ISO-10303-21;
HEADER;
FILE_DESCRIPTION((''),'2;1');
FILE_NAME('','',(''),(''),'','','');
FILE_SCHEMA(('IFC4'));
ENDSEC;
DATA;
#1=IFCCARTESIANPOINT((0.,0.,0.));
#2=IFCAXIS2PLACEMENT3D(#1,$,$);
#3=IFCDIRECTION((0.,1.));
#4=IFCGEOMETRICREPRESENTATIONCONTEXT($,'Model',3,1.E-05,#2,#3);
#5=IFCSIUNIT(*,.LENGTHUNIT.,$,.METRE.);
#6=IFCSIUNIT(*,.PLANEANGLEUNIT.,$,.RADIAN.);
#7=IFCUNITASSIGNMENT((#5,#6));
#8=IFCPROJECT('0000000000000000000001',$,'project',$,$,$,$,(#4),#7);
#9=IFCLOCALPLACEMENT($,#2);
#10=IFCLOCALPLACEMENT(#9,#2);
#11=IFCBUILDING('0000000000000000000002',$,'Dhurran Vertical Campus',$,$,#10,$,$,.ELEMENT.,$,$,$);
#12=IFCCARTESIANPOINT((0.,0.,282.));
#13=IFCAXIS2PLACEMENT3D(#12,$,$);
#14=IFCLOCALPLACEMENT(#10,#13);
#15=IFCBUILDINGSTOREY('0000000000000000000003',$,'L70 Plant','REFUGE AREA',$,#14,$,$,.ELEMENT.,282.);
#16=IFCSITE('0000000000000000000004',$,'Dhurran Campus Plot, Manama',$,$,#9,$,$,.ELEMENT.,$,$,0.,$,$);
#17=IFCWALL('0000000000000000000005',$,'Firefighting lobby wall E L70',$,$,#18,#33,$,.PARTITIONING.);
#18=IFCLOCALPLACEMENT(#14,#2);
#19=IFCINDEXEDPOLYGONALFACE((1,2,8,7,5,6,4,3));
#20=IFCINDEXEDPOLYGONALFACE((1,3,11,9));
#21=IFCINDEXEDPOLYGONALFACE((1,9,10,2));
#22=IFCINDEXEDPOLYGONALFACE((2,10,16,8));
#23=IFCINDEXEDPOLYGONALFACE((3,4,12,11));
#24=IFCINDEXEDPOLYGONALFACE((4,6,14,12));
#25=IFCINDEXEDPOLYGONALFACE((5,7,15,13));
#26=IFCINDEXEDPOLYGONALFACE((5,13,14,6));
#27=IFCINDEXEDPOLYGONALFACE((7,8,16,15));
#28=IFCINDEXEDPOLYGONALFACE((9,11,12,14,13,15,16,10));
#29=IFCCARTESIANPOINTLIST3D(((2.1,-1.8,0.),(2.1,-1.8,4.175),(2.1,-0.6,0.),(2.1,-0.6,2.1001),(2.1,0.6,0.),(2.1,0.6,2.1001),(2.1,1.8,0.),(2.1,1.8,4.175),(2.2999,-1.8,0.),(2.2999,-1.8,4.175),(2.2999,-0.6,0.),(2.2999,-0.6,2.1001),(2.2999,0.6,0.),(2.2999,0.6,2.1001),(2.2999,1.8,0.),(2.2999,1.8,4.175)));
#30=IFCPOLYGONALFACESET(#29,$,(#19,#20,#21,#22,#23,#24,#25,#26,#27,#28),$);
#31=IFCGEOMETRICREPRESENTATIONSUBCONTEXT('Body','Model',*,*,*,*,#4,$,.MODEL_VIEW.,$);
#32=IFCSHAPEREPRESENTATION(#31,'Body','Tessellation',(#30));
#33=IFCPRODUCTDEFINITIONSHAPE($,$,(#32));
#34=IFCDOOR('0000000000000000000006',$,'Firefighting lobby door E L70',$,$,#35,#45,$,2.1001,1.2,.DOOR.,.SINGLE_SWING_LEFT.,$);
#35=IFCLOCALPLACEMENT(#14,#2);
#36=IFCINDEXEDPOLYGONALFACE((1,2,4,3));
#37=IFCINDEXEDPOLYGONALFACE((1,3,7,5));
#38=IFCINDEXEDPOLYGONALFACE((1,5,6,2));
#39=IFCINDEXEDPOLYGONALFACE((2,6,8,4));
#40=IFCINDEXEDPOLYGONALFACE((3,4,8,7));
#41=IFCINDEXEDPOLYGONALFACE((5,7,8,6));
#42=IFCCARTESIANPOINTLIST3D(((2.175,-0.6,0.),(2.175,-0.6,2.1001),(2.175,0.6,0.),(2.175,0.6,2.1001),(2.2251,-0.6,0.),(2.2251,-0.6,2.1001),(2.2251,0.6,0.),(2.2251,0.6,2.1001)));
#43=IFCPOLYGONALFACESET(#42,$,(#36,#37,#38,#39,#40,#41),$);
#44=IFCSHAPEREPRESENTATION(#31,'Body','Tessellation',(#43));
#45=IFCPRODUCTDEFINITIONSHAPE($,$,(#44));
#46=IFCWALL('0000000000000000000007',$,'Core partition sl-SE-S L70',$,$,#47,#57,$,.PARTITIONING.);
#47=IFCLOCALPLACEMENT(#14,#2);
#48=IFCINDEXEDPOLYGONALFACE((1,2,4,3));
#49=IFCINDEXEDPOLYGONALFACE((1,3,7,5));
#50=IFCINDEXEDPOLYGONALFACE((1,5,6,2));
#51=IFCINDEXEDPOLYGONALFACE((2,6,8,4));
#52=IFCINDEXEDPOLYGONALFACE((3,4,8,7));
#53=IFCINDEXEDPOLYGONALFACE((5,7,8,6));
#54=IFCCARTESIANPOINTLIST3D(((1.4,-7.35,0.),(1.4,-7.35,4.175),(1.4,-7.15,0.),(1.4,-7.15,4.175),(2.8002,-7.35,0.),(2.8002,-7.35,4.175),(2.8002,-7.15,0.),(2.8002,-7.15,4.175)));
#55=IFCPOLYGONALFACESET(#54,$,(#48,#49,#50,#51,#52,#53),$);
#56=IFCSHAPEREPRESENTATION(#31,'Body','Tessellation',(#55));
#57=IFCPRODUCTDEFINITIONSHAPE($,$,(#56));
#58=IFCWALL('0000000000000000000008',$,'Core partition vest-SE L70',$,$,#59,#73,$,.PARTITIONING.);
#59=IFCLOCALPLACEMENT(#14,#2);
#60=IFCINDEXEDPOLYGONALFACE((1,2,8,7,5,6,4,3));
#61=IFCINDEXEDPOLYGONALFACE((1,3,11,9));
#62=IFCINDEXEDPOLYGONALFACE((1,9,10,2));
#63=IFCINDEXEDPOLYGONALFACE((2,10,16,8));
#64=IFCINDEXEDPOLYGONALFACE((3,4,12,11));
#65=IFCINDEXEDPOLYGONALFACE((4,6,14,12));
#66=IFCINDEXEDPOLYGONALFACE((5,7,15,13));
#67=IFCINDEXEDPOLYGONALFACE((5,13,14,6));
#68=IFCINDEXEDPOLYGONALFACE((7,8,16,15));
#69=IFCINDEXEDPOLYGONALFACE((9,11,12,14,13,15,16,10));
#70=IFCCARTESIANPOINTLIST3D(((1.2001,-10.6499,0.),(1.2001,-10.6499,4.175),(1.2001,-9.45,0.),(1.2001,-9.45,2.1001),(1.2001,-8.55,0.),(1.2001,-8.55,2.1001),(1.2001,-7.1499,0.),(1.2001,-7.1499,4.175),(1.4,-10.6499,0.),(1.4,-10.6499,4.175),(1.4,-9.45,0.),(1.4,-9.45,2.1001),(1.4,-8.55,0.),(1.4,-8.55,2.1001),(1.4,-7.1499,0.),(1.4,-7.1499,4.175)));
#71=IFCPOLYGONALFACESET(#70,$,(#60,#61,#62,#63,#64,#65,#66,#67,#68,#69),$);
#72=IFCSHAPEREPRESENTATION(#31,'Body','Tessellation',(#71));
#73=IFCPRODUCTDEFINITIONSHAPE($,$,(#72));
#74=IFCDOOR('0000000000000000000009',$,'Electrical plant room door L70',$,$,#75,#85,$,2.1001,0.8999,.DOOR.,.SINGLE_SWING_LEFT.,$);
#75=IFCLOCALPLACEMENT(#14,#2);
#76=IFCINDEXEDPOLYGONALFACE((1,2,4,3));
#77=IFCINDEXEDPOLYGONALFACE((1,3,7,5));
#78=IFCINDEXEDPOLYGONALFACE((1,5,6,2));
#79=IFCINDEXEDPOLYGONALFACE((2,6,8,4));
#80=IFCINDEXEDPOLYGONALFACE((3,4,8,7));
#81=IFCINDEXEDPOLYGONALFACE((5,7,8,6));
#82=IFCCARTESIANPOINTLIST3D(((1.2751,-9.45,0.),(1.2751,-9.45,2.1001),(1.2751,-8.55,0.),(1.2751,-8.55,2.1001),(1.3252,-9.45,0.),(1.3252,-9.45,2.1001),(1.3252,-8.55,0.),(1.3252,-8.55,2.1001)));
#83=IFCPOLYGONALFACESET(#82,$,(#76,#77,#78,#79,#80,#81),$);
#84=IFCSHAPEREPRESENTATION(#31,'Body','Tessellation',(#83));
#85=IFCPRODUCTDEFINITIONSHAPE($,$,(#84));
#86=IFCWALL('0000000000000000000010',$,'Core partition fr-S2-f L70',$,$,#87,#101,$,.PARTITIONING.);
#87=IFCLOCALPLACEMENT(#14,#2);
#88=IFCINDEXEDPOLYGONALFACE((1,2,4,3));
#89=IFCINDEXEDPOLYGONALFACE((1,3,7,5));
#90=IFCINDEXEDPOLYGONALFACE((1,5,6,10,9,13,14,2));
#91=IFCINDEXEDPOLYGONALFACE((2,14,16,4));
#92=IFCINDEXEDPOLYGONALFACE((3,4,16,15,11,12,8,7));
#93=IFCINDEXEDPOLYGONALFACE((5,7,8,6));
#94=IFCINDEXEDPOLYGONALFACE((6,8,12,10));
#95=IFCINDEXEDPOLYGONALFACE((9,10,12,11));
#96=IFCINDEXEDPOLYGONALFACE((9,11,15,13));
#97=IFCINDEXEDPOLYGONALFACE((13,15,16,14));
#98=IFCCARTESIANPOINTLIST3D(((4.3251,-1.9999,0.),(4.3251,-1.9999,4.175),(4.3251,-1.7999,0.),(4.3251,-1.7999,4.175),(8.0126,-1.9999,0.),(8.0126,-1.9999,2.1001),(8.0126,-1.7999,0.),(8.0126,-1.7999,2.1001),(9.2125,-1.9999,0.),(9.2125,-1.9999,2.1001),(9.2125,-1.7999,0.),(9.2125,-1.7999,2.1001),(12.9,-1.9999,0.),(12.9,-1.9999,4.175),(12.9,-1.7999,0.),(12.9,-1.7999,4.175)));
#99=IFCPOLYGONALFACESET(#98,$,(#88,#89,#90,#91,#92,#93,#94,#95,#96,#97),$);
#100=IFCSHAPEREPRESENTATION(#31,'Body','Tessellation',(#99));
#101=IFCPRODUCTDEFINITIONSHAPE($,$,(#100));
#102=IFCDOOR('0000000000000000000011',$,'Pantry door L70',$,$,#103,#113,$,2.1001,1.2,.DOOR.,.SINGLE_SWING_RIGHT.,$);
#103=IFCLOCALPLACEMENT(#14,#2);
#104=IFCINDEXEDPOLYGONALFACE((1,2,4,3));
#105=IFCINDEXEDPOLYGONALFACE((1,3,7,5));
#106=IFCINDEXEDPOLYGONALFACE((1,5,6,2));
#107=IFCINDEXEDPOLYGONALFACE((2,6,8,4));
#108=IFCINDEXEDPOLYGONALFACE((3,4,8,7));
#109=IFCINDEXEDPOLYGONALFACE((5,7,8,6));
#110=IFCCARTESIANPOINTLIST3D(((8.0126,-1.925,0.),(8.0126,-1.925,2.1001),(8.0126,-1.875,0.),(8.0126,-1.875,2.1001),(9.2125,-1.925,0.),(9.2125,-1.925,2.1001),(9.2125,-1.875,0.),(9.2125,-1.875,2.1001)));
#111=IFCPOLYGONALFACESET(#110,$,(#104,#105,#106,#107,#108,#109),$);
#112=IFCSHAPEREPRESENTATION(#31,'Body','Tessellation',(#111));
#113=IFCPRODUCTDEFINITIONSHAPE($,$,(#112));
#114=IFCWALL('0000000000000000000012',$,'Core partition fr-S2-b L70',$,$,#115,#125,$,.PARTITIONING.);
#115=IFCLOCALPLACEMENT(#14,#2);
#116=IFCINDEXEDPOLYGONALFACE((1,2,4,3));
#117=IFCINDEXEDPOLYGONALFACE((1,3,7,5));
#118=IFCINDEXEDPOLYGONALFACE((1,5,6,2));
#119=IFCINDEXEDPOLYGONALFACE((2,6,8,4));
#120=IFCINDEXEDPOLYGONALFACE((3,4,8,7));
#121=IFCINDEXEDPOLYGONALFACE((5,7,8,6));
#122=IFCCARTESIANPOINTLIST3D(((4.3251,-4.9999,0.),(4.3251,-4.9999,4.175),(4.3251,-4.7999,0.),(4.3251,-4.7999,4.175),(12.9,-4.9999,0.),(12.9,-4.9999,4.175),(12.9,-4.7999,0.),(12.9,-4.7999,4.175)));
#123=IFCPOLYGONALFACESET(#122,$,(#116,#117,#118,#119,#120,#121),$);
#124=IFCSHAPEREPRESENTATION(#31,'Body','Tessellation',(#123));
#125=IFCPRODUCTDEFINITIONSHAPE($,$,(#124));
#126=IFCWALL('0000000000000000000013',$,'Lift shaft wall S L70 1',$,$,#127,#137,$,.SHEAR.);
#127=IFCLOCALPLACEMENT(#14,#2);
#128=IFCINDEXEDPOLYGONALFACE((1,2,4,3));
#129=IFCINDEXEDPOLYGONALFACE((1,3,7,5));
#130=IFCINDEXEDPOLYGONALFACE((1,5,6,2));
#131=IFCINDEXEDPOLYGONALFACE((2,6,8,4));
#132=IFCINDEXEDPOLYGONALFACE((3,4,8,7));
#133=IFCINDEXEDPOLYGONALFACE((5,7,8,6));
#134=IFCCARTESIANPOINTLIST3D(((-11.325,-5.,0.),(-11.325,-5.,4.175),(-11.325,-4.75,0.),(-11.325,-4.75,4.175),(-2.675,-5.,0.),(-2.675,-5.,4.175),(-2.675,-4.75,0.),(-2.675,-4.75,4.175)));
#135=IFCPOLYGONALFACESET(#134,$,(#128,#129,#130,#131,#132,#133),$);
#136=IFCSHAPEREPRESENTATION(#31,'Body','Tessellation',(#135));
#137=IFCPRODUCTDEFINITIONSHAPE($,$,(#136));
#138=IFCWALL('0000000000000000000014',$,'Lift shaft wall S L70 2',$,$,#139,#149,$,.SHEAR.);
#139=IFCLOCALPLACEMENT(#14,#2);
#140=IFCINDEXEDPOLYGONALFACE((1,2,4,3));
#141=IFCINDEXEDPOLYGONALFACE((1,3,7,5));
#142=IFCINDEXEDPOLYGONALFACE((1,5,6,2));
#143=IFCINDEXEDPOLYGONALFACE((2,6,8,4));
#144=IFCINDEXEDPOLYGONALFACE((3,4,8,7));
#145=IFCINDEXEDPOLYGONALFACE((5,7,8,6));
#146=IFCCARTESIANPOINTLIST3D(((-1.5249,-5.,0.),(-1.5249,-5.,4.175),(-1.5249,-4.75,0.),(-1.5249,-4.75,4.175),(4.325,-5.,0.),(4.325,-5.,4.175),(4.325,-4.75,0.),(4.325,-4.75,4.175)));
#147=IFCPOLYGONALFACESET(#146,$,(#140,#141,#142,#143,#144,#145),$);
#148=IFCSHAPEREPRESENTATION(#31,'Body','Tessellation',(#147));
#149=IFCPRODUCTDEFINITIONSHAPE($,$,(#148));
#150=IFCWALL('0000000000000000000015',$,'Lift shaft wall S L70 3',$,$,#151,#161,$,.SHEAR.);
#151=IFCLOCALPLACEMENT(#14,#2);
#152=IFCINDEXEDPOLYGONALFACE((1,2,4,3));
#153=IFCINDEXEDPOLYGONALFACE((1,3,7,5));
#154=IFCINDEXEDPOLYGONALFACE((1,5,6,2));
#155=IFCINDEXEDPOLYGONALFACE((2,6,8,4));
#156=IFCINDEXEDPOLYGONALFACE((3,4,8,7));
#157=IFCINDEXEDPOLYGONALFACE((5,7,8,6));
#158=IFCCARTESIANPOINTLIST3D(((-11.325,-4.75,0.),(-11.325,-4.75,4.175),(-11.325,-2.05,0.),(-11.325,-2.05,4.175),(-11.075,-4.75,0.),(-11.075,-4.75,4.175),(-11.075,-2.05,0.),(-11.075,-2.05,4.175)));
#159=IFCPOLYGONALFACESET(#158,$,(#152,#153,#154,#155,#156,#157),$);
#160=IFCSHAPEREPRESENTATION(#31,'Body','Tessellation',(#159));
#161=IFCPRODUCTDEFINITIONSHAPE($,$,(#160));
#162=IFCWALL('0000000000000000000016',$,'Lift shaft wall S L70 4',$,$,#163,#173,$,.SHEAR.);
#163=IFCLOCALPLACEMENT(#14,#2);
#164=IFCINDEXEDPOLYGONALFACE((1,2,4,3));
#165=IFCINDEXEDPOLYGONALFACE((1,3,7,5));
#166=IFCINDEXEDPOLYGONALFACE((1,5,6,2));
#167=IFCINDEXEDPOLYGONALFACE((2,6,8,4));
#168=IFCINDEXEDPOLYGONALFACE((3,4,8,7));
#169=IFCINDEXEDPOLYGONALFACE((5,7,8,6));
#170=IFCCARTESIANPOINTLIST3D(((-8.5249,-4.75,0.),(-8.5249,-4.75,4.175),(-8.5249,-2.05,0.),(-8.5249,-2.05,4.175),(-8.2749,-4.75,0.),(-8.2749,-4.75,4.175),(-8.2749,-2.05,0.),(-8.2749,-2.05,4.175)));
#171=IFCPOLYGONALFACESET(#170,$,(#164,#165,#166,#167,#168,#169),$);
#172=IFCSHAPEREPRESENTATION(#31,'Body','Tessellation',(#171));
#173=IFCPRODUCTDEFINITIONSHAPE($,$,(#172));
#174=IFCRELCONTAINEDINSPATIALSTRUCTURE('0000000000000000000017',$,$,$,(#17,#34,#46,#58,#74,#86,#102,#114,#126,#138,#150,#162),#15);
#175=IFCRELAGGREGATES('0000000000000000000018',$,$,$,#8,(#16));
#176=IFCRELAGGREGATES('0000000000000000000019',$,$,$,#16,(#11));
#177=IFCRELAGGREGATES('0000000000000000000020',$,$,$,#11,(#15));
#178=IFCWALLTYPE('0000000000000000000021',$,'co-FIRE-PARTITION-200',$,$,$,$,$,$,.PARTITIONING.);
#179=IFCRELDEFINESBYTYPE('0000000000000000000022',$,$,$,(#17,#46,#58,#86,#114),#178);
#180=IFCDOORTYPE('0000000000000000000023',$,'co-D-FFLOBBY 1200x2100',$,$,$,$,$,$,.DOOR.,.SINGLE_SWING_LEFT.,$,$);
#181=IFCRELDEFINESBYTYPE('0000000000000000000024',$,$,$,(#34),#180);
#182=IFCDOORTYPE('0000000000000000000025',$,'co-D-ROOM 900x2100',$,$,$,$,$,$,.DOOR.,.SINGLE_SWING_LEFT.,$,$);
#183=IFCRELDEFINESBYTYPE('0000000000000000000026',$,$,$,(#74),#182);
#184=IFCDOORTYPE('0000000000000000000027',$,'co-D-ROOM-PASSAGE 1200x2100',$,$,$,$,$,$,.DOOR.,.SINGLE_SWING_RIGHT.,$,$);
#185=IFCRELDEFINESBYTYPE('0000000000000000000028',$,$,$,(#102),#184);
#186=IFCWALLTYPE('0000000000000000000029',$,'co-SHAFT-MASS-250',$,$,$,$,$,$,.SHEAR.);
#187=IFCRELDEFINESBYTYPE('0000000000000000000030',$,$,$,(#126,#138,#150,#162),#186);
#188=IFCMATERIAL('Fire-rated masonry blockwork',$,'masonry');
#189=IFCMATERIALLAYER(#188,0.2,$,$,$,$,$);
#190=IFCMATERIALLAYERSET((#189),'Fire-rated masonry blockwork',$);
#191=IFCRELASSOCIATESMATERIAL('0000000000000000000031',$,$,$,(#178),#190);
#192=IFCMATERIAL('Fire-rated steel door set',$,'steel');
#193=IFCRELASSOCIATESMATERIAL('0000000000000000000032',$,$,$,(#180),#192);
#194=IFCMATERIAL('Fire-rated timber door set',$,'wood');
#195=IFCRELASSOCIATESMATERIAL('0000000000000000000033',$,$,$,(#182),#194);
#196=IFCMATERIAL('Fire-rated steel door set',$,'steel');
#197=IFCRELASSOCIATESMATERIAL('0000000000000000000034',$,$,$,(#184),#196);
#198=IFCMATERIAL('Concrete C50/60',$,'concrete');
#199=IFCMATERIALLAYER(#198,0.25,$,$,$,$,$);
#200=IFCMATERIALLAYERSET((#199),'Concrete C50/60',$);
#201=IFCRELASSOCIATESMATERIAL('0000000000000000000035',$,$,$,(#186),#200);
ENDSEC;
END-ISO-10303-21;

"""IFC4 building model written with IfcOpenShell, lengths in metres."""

from ifc_helpers import new_model, si_unit, direction, frame, frame_2d, origin, place, context, subcontext, project, spatial, polyline, rectangle, outline, extrude, material, layer, layer_set, type_object, element, fill, save


model = new_model("IFC4")

# Units and contexts
model_context = context("Model", 3, precision=1e-05, world=origin(), true_north=direction((0.0, 1.0)))
body_context = subcontext(model_context, "Body", "Model", "MODEL_VIEW")
ifc_project = project(units=[si_unit("LENGTHUNIT", "METRE"), si_unit("PLANEANGLEUNIT", "RADIAN")], contexts=[model_context])

# Site, building, storey
site_placement = place(None, origin())
site = spatial("IfcSite", under=ifc_project, at=site_placement, Name="Dhurran Campus Plot, Manama", CompositionType="ELEMENT", RefElevation=0.0)
building_placement = place(site_placement, origin())
building = spatial("IfcBuilding", under=site, at=building_placement, Name="Dhurran Vertical Campus", CompositionType="ELEMENT")
storey_placement = place(building_placement, frame((0.0, 0.0, 282.0)))
storey = spatial("IfcBuildingStorey", under=building, at=storey_placement, Name="L70 Plant", Description="REFUGE AREA", CompositionType="ELEMENT", Elevation=282.0)

# Wall, opening, door
ifc_material_1 = material(Name="Fire-rated masonry blockwork", Category="masonry")
ifc_layer_1 = layer(ifc_material_1, 0.2)
ifc_layer_set_1 = layer_set([ifc_layer_1], Name="Fire-rated masonry blockwork")
wall_type_1 = type_object("IfcWallType", Name="co-FIRE-PARTITION-200", PredefinedType="PARTITIONING", material=ifc_layer_set_1)
wall_1_placement = place(storey_placement, frame((2.2, -1.8, 0.0), z_axis=(0.0, 0.0, 1.0), x_axis=(0.0, 1.0, 0.0)))
wall_1 = element("IfcWall", 1, at=wall_1_placement, inside=storey, type_object=wall_type_1, Name="Firefighting lobby wall E L70", PredefinedType="PARTITIONING", context=body_context, shape_type="SweptSolid", body=[
    extrude(rectangle(XDim=3.6001, YDim=0.2, at=frame_2d((1.8, 0.0))), origin(), (0.0, 0.0, 1.0), 4.175),
])
opening_1_placement = place(wall_1_placement, frame((1.2, 0.0, 0.0)))
opening_1 = element("IfcOpeningElement", 2, at=opening_1_placement, cuts=wall_1, PredefinedType="OPENING", context=body_context, shape_type="SweptSolid", body=[
    extrude(rectangle(XDim=1.2, YDim=2.1001, at=frame_2d((0.6001, 1.05))), frame((0.0, 0.1099, 0.0), z_axis=(0.0, -1.0, 0.0), x_axis=(1.0, 0.0, 0.0)), (0.0, 0.0, 1.0), 0.22),
])
ifc_material_2 = material(Name="Fire-rated steel door set", Category="steel")
door_type_1 = type_object("IfcDoorType", Name="co-D-FFLOBBY 1200x2100", OperationType="SINGLE_SWING_LEFT", PredefinedType="DOOR", material=ifc_material_2)
door_1_placement = place(opening_1_placement, origin())
door_1 = element("IfcDoor", 3, at=door_1_placement, inside=storey, type_object=door_type_1, Name="Firefighting lobby door E L70", OperationType="SINGLE_SWING_LEFT", OverallHeight=2.1001, OverallWidth=1.2, PredefinedType="DOOR", context=body_context, shape_type="SweptSolid", body=[
    extrude(rectangle(XDim=1.2, YDim=2.1001, at=frame_2d((0.6001, 1.05))), frame((0.0, 0.0249, 0.0), z_axis=(0.0, -1.0, 0.0), x_axis=(1.0, 0.0, 0.0)), (0.0, 0.0, 1.0), 0.05),
])
fill(opening_1, door_1)

# Wall
wall_2_placement = place(storey_placement, frame((1.3999, -7.25, 0.0), z_axis=(0.0, 0.0, 1.0), x_axis=(1.0, 0.0, 0.0)))
element("IfcWall", 4, at=wall_2_placement, inside=storey, type_object=wall_type_1, Name="Core partition sl-SE-S L70", PredefinedType="PARTITIONING", context=body_context, shape_type="SweptSolid", body=[
    extrude(rectangle(XDim=1.4001, YDim=0.2, at=frame_2d((0.7002, 0.0))), origin(), (0.0, 0.0, 1.0), 4.175),
])

# Walls, openings, doors
wall_3_placement = place(storey_placement, frame((1.3, -10.6499, 0.0), z_axis=(0.0, 0.0, 1.0), x_axis=(0.0, 1.0, 0.0)))
wall_3 = element("IfcWall", 5, at=wall_3_placement, inside=storey, type_object=wall_type_1, Name="Core partition vest-SE L70", PredefinedType="PARTITIONING", context=body_context, shape_type="SweptSolid", body=[
    extrude(rectangle(XDim=3.5, YDim=0.2, at=frame_2d((1.75, 0.0))), origin(), (0.0, 0.0, 1.0), 4.175),
])
opening_2_placement = place(wall_3_placement, frame((1.2, 0.0, 0.0)))
opening_2 = element("IfcOpeningElement", 6, at=opening_2_placement, cuts=wall_3, PredefinedType="OPENING", context=body_context, shape_type="SweptSolid", body=[
    extrude(rectangle(XDim=0.8999, YDim=2.1001, at=frame_2d((0.45, 1.05))), frame((0.0, 0.1099, 0.0), z_axis=(0.0, -1.0, 0.0), x_axis=(1.0, 0.0, 0.0)), (0.0, 0.0, 1.0), 0.22),
])
ifc_material_3 = material(Name="Fire-rated timber door set", Category="wood")
door_type_2 = type_object("IfcDoorType", Name="co-D-ROOM 900x2100", OperationType="SINGLE_SWING_LEFT", PredefinedType="DOOR", material=ifc_material_3)
door_2_placement = place(opening_2_placement, origin())
door_2 = element("IfcDoor", 7, at=door_2_placement, inside=storey, type_object=door_type_2, Name="Electrical plant room door L70", OperationType="SINGLE_SWING_LEFT", OverallHeight=2.1001, OverallWidth=0.8999, PredefinedType="DOOR", context=body_context, shape_type="SweptSolid", body=[
    extrude(rectangle(XDim=0.8999, YDim=2.1001, at=frame_2d((0.45, 1.05))), frame((0.0, 0.0249, 0.0), z_axis=(0.0, -1.0, 0.0), x_axis=(1.0, 0.0, 0.0)), (0.0, 0.0, 1.0), 0.05),
])
fill(opening_2, door_2)
wall_4_placement = place(storey_placement, frame((4.325, -1.8999, 0.0), z_axis=(0.0, 0.0, 1.0), x_axis=(1.0, 0.0, 0.0)))
wall_4 = element("IfcWall", 8, at=wall_4_placement, inside=storey, type_object=wall_type_1, Name="Core partition fr-S2-f L70", PredefinedType="PARTITIONING", context=body_context, shape_type="SweptSolid", body=[
    extrude(rectangle(XDim=8.575, YDim=0.2, at=frame_2d((4.2876, 0.0))), origin(), (0.0, 0.0, 1.0), 4.175),
])
opening_3_placement = place(wall_4_placement, frame((3.6875, 0.0, 0.0)))
opening_3 = element("IfcOpeningElement", 9, at=opening_3_placement, cuts=wall_4, PredefinedType="OPENING", context=body_context, shape_type="SweptSolid", body=[
    extrude(rectangle(XDim=1.2, YDim=2.1001, at=frame_2d((0.6001, 1.05))), frame((0.0, 0.1099, 0.0), z_axis=(0.0, -1.0, 0.0), x_axis=(1.0, 0.0, 0.0)), (0.0, 0.0, 1.0), 0.22),
])
ifc_material_4 = material(Name="Fire-rated steel door set", Category="steel")
door_type_3 = type_object("IfcDoorType", Name="co-D-ROOM-PASSAGE 1200x2100", OperationType="SINGLE_SWING_RIGHT", PredefinedType="DOOR", material=ifc_material_4)
door_3_placement = place(opening_3_placement, origin())
door_3 = element("IfcDoor", 10, at=door_3_placement, inside=storey, type_object=door_type_3, Name="Pantry door L70", OperationType="SINGLE_SWING_RIGHT", OverallHeight=2.1001, OverallWidth=1.2, PredefinedType="DOOR", context=body_context, shape_type="SweptSolid", body=[
    extrude(rectangle(XDim=1.2, YDim=2.1001, at=frame_2d((0.6001, 1.05))), frame((0.0, 0.0249, 0.0), z_axis=(0.0, -1.0, 0.0), x_axis=(1.0, 0.0, 0.0)), (0.0, 0.0, 1.0), 0.05),
])
fill(opening_3, door_3)

# Walls
wall_5_placement = place(storey_placement, frame((4.325, -4.8999, 0.0), z_axis=(0.0, 0.0, 1.0), x_axis=(1.0, 0.0, 0.0)))
element("IfcWall", 11, at=wall_5_placement, inside=storey, type_object=wall_type_1, Name="Core partition fr-S2-b L70", PredefinedType="PARTITIONING", context=body_context, shape_type="SweptSolid", body=[
    extrude(rectangle(XDim=8.575, YDim=0.2, at=frame_2d((4.2876, 0.0))), origin(), (0.0, 0.0, 1.0), 4.175),
])
ifc_material_5 = material(Name="Concrete C50/60", Category="concrete")
ifc_layer_2 = layer(ifc_material_5, 0.25)
ifc_layer_set_2 = layer_set([ifc_layer_2], Name="Concrete C50/60")
wall_type_2 = type_object("IfcWallType", Name="co-SHAFT-MASS-250", PredefinedType="SHEAR", material=ifc_layer_set_2)
wall_6_placement = place(storey_placement, origin())
element("IfcWall", 12, at=wall_6_placement, inside=storey, type_object=wall_type_2, Name="Lift shaft wall S L70 1", PredefinedType="SHEAR", context=body_context, shape_type="SweptSolid", body=[
    extrude(outline(polyline([(-11.325, -5.0), (-2.675, -5.0), (-2.675, -4.75), (-11.325, -4.75), (-11.325, -5.0)])), origin(), (0.0, 0.0, 1.0), 4.175),
])
wall_7_placement = place(storey_placement, origin())
element("IfcWall", 13, at=wall_7_placement, inside=storey, type_object=wall_type_2, Name="Lift shaft wall S L70 2", PredefinedType="SHEAR", context=body_context, shape_type="SweptSolid", body=[
    extrude(outline(polyline([(-1.5249, -5.0), (4.325, -5.0), (4.325, -4.75), (-1.5249, -4.75), (-1.5249, -5.0)])), origin(), (0.0, 0.0, 1.0), 4.175),
])
wall_8_placement = place(storey_placement, origin())
element("IfcWall", 14, at=wall_8_placement, inside=storey, type_object=wall_type_2, Name="Lift shaft wall S L70 3", PredefinedType="SHEAR", context=body_context, shape_type="SweptSolid", body=[
    extrude(outline(polyline([(-11.325, -4.75), (-11.075, -4.75), (-11.075, -2.05), (-11.325, -2.05), (-11.325, -4.75)])), origin(), (0.0, 0.0, 1.0), 4.175),
])
wall_9_placement = place(storey_placement, origin())
element("IfcWall", 15, at=wall_9_placement, inside=storey, type_object=wall_type_2, Name="Lift shaft wall S L70 4", PredefinedType="SHEAR", context=body_context, shape_type="SweptSolid", body=[
    extrude(outline(polyline([(-8.5249, -4.75), (-8.2749, -4.75), (-8.2749, -2.05), (-8.5249, -2.05), (-8.5249, -4.75)])), origin(), (0.0, 0.0, 1.0), 4.175),
])

save(model, "model.ifc")
